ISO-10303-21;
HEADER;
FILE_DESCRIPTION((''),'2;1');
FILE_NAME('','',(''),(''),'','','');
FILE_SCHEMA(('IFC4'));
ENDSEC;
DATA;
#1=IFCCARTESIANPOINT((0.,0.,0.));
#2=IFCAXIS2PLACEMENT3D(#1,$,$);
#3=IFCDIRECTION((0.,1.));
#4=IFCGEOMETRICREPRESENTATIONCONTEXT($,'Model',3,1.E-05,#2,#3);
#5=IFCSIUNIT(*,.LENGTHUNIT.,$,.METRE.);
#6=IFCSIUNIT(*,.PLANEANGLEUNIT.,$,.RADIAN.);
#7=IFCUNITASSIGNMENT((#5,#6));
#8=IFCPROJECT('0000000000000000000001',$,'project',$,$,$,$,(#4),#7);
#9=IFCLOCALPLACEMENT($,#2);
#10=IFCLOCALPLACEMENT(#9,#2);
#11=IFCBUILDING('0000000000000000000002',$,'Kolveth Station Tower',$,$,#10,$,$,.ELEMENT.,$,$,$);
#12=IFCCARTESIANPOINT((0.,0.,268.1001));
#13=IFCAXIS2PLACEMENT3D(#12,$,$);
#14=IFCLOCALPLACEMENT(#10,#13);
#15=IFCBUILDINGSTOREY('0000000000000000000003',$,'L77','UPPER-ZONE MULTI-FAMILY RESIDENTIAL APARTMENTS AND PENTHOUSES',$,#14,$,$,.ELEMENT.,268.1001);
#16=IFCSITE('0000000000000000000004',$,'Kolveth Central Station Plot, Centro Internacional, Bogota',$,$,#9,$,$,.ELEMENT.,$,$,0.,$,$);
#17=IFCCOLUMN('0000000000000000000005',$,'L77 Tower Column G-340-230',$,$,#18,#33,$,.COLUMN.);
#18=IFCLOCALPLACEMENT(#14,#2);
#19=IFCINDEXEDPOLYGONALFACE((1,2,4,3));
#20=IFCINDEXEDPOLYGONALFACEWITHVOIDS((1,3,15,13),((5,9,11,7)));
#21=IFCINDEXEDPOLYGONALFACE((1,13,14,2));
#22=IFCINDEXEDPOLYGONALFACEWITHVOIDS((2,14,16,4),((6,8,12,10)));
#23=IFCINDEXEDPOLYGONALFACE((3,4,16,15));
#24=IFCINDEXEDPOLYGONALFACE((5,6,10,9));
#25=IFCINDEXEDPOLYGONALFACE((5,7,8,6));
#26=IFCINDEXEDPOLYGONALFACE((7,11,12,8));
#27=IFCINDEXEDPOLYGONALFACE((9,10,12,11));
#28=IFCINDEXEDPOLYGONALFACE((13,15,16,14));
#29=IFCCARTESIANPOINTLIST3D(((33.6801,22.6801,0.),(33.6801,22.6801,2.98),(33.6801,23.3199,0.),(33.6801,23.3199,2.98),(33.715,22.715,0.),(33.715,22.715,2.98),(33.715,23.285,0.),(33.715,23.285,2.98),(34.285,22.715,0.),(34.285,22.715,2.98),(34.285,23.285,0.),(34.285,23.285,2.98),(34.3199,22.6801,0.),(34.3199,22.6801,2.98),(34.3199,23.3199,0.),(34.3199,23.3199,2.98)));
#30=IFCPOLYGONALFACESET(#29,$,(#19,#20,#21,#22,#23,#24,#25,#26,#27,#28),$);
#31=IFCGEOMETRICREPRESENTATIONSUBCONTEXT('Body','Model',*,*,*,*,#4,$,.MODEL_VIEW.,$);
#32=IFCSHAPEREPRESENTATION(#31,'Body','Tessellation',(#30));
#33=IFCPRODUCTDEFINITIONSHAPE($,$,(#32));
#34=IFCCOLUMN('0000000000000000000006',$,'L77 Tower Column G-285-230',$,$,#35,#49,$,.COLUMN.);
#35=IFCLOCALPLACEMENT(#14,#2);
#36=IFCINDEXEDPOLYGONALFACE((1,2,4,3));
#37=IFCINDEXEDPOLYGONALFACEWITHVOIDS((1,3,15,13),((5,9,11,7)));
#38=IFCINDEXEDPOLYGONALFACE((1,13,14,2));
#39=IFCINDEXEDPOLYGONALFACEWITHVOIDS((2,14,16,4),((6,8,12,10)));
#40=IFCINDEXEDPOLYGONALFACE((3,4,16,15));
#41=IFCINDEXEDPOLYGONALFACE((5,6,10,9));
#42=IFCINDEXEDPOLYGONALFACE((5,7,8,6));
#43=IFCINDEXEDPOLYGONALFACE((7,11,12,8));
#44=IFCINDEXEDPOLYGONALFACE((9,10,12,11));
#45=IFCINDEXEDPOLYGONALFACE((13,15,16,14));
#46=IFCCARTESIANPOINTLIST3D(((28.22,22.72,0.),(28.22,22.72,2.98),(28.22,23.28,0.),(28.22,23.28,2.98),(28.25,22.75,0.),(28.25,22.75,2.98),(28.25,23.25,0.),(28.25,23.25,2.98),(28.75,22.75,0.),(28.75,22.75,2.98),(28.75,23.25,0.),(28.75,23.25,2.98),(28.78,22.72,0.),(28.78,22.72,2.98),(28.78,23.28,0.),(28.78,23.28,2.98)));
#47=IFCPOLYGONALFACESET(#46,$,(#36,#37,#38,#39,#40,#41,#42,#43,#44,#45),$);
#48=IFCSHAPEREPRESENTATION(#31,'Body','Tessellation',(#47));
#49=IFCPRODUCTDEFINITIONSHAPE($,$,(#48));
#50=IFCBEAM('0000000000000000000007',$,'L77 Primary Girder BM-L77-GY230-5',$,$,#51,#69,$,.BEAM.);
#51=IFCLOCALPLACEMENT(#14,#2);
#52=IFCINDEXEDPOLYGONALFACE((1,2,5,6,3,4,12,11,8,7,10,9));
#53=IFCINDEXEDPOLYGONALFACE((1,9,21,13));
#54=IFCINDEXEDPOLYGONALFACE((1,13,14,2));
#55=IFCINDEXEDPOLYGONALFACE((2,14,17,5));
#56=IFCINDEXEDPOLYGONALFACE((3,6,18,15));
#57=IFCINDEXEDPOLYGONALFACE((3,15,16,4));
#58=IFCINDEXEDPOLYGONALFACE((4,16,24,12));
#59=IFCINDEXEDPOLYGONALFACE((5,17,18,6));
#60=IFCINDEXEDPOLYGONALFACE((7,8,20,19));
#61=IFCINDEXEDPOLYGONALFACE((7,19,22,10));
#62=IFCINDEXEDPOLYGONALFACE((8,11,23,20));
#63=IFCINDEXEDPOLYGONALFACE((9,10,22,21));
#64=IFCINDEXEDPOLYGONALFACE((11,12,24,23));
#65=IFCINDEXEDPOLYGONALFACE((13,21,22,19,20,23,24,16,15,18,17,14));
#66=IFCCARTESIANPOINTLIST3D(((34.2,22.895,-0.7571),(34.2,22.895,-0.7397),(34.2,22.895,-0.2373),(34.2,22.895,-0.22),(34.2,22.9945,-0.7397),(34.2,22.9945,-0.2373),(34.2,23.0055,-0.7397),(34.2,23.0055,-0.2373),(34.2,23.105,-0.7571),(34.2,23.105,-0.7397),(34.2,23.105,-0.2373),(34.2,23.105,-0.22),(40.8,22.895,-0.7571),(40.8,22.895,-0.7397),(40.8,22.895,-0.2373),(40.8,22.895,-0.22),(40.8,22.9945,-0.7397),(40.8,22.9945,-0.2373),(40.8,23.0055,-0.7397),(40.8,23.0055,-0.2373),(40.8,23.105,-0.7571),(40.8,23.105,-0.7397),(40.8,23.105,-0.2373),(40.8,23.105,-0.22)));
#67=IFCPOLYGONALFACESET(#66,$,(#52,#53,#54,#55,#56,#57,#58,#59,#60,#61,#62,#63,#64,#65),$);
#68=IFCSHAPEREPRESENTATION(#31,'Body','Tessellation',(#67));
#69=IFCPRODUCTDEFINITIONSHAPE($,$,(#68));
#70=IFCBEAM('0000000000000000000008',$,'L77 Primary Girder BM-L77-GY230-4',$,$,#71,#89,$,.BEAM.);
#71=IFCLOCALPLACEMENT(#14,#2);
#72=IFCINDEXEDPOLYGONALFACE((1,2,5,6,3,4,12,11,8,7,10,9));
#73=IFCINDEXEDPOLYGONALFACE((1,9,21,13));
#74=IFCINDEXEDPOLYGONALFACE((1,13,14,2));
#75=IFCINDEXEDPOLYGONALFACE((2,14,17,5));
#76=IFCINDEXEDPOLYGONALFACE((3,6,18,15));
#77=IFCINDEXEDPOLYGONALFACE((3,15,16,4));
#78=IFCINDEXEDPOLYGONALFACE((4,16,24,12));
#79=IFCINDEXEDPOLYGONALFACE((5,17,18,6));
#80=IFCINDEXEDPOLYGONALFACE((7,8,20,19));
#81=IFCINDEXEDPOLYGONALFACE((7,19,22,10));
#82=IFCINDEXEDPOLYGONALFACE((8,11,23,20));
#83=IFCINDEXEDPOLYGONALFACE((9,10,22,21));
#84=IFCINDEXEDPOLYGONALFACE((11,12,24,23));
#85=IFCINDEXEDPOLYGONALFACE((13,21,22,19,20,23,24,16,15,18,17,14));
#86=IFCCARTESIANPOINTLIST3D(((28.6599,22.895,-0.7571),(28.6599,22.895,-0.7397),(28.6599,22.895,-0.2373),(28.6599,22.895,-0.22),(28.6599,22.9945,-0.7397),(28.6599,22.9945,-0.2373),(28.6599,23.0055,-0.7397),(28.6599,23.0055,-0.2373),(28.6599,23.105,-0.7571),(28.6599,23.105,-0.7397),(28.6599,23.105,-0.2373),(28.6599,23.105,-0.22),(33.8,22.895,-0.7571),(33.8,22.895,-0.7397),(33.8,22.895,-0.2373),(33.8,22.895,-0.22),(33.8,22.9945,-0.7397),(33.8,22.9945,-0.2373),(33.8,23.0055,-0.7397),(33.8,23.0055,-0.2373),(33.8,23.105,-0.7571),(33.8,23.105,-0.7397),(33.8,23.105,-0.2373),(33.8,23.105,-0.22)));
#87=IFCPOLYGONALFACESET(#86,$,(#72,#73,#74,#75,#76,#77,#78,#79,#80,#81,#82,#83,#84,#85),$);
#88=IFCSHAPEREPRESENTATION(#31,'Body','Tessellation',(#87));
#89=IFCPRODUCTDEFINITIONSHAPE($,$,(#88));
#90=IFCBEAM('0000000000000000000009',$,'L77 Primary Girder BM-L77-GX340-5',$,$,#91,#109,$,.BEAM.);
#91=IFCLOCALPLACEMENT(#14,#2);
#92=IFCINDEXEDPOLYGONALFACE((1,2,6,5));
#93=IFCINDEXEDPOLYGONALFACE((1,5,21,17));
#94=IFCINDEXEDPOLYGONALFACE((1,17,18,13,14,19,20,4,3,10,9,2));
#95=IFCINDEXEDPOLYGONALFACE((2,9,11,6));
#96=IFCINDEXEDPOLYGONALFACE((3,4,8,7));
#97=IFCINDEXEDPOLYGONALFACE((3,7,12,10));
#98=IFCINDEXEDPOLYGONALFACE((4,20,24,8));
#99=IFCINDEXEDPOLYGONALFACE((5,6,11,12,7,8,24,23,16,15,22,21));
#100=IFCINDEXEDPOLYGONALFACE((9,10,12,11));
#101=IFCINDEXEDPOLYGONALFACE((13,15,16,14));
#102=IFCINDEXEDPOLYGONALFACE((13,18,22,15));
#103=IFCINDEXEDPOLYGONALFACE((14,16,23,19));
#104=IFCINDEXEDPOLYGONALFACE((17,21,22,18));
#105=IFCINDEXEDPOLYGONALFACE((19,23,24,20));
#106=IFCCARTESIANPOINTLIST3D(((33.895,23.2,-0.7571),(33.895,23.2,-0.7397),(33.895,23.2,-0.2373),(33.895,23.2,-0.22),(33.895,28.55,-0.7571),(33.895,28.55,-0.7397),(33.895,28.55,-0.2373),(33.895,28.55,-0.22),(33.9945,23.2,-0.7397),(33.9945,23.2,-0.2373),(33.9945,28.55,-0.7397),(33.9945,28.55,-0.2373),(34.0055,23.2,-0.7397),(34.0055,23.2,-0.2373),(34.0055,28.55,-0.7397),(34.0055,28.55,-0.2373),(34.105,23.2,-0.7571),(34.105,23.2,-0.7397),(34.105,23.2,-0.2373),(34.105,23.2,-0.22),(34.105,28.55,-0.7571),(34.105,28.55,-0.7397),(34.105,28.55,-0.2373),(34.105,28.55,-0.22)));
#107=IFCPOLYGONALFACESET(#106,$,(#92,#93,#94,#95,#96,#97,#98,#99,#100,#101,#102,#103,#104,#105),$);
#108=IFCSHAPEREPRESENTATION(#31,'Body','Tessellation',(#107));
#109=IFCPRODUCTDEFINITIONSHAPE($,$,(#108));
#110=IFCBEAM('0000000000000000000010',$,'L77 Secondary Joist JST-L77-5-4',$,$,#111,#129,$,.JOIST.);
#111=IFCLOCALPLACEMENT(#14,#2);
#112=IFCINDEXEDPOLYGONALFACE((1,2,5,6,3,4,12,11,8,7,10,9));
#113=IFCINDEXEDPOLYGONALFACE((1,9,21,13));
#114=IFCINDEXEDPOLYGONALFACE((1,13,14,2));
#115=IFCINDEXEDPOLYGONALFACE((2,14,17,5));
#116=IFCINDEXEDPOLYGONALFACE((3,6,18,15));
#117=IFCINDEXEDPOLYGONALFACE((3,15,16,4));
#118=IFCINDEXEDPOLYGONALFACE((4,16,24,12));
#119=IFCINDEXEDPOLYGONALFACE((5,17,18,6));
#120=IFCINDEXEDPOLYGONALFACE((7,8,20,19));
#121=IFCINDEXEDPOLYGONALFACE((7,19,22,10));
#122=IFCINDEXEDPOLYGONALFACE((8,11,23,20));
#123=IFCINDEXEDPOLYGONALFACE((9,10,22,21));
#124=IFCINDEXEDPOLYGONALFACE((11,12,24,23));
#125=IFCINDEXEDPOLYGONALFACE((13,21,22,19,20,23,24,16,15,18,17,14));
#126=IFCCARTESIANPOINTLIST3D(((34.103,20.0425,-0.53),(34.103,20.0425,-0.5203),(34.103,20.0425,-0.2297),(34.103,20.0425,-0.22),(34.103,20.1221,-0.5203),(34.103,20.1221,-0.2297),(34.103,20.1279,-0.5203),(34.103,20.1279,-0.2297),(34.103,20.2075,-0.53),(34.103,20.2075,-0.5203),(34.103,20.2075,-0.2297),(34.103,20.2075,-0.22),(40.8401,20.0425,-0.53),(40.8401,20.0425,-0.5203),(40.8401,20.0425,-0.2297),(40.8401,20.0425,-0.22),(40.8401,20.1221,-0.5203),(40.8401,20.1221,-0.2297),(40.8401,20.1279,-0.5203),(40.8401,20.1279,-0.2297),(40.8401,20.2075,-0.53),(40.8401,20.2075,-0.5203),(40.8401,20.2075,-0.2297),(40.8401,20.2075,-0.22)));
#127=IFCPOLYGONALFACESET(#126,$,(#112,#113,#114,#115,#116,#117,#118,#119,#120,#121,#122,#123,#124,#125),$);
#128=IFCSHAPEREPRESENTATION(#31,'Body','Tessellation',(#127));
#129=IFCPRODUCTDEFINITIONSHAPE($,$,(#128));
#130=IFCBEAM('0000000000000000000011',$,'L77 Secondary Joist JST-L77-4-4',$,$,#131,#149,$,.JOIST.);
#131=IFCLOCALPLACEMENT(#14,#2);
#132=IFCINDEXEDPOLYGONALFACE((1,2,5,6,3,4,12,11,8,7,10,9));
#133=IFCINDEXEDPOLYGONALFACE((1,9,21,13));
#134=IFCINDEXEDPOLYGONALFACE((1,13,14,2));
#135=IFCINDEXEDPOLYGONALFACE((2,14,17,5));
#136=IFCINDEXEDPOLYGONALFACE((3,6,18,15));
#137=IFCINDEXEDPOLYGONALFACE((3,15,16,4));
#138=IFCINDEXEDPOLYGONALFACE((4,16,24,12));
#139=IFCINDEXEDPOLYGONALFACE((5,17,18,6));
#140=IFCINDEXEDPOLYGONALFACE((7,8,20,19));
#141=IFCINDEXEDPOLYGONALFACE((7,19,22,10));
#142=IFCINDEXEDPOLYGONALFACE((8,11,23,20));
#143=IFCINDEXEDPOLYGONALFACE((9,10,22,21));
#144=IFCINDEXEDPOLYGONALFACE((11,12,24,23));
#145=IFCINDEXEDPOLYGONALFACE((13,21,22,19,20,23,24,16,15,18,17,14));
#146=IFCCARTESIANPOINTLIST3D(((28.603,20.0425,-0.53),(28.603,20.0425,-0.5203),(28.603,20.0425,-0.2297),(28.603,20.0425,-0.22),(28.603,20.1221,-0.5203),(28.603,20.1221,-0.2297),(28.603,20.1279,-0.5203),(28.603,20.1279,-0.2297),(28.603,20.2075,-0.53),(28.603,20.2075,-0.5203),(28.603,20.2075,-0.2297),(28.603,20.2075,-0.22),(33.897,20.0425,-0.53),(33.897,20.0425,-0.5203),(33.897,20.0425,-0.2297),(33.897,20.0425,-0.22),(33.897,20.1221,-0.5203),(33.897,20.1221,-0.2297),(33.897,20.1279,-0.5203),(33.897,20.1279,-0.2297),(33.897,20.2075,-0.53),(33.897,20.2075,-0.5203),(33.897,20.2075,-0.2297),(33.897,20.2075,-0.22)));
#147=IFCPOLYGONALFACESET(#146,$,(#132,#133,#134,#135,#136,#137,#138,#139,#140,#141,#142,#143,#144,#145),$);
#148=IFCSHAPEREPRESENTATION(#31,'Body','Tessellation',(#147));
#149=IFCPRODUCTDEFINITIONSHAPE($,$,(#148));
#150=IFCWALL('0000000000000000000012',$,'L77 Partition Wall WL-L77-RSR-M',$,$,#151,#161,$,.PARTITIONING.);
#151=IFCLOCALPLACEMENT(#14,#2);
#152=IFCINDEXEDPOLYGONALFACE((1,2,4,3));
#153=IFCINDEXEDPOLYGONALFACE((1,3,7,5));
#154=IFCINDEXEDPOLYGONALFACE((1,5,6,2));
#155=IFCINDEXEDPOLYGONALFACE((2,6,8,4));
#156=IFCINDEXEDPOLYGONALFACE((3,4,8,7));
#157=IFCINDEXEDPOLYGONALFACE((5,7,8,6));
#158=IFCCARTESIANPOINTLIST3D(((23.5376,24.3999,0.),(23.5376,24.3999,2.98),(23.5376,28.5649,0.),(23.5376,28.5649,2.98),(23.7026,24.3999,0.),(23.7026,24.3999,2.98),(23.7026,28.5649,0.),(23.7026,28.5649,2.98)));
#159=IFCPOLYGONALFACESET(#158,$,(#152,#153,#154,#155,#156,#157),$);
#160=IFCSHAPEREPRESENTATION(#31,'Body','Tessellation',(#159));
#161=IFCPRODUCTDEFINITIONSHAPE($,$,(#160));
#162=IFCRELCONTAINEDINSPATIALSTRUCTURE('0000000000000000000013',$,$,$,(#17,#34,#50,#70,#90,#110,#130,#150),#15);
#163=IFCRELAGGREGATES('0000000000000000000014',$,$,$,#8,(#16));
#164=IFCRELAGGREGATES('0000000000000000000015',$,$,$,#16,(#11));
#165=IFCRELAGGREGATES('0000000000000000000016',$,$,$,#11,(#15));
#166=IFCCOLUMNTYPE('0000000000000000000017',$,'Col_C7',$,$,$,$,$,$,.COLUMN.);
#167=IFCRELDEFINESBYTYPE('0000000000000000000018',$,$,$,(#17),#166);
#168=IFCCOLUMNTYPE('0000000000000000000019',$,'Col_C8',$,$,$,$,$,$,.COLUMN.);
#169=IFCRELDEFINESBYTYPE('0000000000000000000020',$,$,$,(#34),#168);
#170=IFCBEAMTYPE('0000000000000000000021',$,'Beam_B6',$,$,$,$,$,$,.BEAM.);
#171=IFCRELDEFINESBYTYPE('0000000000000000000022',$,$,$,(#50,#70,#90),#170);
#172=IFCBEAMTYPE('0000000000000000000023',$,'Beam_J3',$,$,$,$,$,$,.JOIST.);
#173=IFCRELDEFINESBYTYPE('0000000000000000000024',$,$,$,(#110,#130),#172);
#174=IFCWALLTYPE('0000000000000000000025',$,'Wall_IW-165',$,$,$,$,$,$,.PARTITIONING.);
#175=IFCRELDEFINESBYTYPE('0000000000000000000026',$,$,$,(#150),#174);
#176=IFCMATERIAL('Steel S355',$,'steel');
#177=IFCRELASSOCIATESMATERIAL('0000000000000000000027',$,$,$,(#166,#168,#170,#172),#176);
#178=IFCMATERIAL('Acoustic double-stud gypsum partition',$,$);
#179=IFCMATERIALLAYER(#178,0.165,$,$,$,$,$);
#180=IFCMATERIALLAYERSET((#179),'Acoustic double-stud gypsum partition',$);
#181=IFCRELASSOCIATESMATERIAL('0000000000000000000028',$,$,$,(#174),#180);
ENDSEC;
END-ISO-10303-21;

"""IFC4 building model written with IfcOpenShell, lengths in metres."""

from ifc_helpers import new_model, si_unit, direction, frame, frame_2d, origin, origin_2d, place, context, subcontext, project, spatial, rectangle, hollow_rectangle, i_section, extrude, source, transform, mapped, material, layer, layer_set, material_profile, profile_set, type_object, element, save


model = new_model("IFC4")

# Units and contexts
model_context = context("Model", 3, precision=1e-05, world=origin(), true_north=direction((0.0, 1.0)))
body_context = subcontext(model_context, "Body", "Model", "MODEL_VIEW")
ifc_project = project(units=[si_unit("LENGTHUNIT", "METRE"), si_unit("PLANEANGLEUNIT", "RADIAN")], contexts=[model_context])

# Site, building, storey
site_placement = place(None, origin())
site = spatial("IfcSite", under=ifc_project, at=site_placement, Name="Kolveth Central Station Plot, Centro Internacional, Bogota", CompositionType="ELEMENT", RefElevation=0.0)
building_placement = place(site_placement, origin())
building = spatial("IfcBuilding", under=site, at=building_placement, Name="Kolveth Station Tower", CompositionType="ELEMENT")
storey_placement = place(building_placement, frame((0.0, 0.0, 268.1001)))
storey = spatial("IfcBuildingStorey", under=building, at=storey_placement, Name="L77", Description="UPPER-ZONE MULTI-FAMILY RESIDENTIAL APARTMENTS AND PENTHOUSES", CompositionType="ELEMENT", Elevation=268.1001)

# Columns
ifc_material_1 = material(Name="Steel S355", Category="steel")
ifc_material_profile_1 = material_profile(ifc_material_1, hollow_rectangle(XDim=0.6399, YDim=0.6399, WallThickness=0.0349, at=origin_2d()), Name="BOX640x640x35")
ifc_profile_set_1 = profile_set([ifc_material_profile_1], Name="Steel S355")
column_type_1 = type_object("IfcColumnType", Name="Col_C7", PredefinedType="COLUMN", material=ifc_profile_set_1)
shared_shape_1 = source(origin(), body_context, "Body", "SweptSolid", [
    extrude(hollow_rectangle(XDim=0.6399, YDim=0.6399, WallThickness=0.0349, at=origin_2d()), origin(), (0.0, 0.0, 1.0), 2.98),
])
column_1_placement = place(storey_placement, frame((34.0, 23.0, 0.0), z_axis=(0.0, 0.0, 1.0), x_axis=(1.0, 0.0, 0.0)))
element("IfcColumn", 1, at=column_1_placement, inside=storey, type_object=column_type_1, Name="L77 Tower Column G-340-230", PredefinedType="COLUMN", context=body_context, shape_type="MappedRepresentation", body=[
    mapped(shared_shape_1, transform((0.0, 0.0, 0.0), x_axis=(1.0, 0.0, 0.0), y_axis=(0.0, 1.0, 0.0), z_axis=(0.0, 0.0, 1.0), scale=1.0)),
])
ifc_material_profile_2 = material_profile(ifc_material_1, hollow_rectangle(XDim=0.5601, YDim=0.5601, WallThickness=0.03, at=origin_2d()), Name="BOX560x560x30")
ifc_profile_set_2 = profile_set([ifc_material_profile_2], Name="Steel S355")
column_type_2 = type_object("IfcColumnType", Name="Col_C8", PredefinedType="COLUMN", material=ifc_profile_set_2)
shared_shape_2 = source(origin(), body_context, "Body", "SweptSolid", [
    extrude(hollow_rectangle(XDim=0.5601, YDim=0.5601, WallThickness=0.03, at=origin_2d()), origin(), (0.0, 0.0, 1.0), 2.98),
])
column_2_placement = place(storey_placement, frame((28.5, 23.0, 0.0), z_axis=(0.0, 0.0, 1.0), x_axis=(1.0, 0.0, 0.0)))
element("IfcColumn", 2, at=column_2_placement, inside=storey, type_object=column_type_2, Name="L77 Tower Column G-285-230", PredefinedType="COLUMN", context=body_context, shape_type="MappedRepresentation", body=[
    mapped(shared_shape_2, transform((0.0, 0.0, 0.0), x_axis=(1.0, 0.0, 0.0), y_axis=(0.0, 1.0, 0.0), z_axis=(0.0, 0.0, 1.0), scale=1.0)),
])

# Beams
ifc_material_profile_3 = material_profile(ifc_material_1, i_section(OverallWidth=0.21, OverallDepth=0.5371, WebThickness=0.011, FlangeThickness=0.0173, at=origin_2d()), Name="W530x101")
ifc_profile_set_3 = profile_set([ifc_material_profile_3], Name="Steel S355")
beam_type_1 = type_object("IfcBeamType", Name="Beam_B6", PredefinedType="BEAM", material=ifc_profile_set_3)
shared_shape_3 = source(origin(), body_context, "Body", "SweptSolid", [
    extrude(i_section(OverallWidth=0.21, OverallDepth=0.5371, WebThickness=0.011, FlangeThickness=0.0173, at=origin_2d()), origin(), (0.0, 0.0, 1.0), 6.6001),
])
beam_1_placement = place(storey_placement, frame((34.2, 23.0, -0.4885), z_axis=(1.0, 0.0, 0.0), x_axis=(0.0, 1.0, 0.0)))
element("IfcBeam", 3, at=beam_1_placement, inside=storey, type_object=beam_type_1, Name="L77 Primary Girder BM-L77-GY230-5", PredefinedType="BEAM", context=body_context, shape_type="MappedRepresentation", body=[
    mapped(shared_shape_3, transform((0.0, 0.0, 0.0), x_axis=(1.0, 0.0, 0.0), y_axis=(0.0, 1.0, 0.0), z_axis=(0.0, 0.0, 1.0), scale=1.0)),
])
shared_shape_4 = source(origin(), body_context, "Body", "SweptSolid", [
    extrude(i_section(OverallWidth=0.21, OverallDepth=0.5371, WebThickness=0.011, FlangeThickness=0.0173, at=origin_2d()), origin(), (0.0, 0.0, 1.0), 5.1401),
])
beam_2_placement = place(storey_placement, frame((28.6599, 23.0, -0.4885), z_axis=(1.0, 0.0, 0.0), x_axis=(0.0, 1.0, 0.0)))
element("IfcBeam", 4, at=beam_2_placement, inside=storey, type_object=beam_type_1, Name="L77 Primary Girder BM-L77-GY230-4", PredefinedType="BEAM", context=body_context, shape_type="MappedRepresentation", body=[
    mapped(shared_shape_4, transform((0.0, 0.0, 0.0), x_axis=(1.0, 0.0, 0.0), y_axis=(0.0, 1.0, 0.0), z_axis=(0.0, 0.0, 1.0), scale=1.0)),
])
shared_shape_5 = source(origin(), body_context, "Body", "SweptSolid", [
    extrude(i_section(OverallWidth=0.21, OverallDepth=0.5371, WebThickness=0.011, FlangeThickness=0.0173, at=origin_2d()), origin(), (0.0, 0.0, 1.0), 5.3501),
])
beam_3_placement = place(storey_placement, frame((34.0, 23.2, -0.4885), z_axis=(0.0, 1.0, 0.0), x_axis=(-1.0, 0.0, 0.0)))
element("IfcBeam", 5, at=beam_3_placement, inside=storey, type_object=beam_type_1, Name="L77 Primary Girder BM-L77-GX340-5", PredefinedType="BEAM", context=body_context, shape_type="MappedRepresentation", body=[
    mapped(shared_shape_5, transform((0.0, 0.0, 0.0), x_axis=(1.0, 0.0, 0.0), y_axis=(0.0, 1.0, 0.0), z_axis=(0.0, 0.0, 1.0), scale=1.0)),
])
ifc_material_profile_4 = material_profile(ifc_material_1, i_section(OverallWidth=0.165, OverallDepth=0.3101, WebThickness=0.0059, FlangeThickness=0.0098, at=origin_2d()), Name="W310x39")
ifc_profile_set_4 = profile_set([ifc_material_profile_4], Name="Steel S355")
beam_type_2 = type_object("IfcBeamType", Name="Beam_J3", PredefinedType="JOIST", material=ifc_profile_set_4)
shared_shape_6 = source(origin(), body_context, "Body", "SweptSolid", [
    extrude(i_section(OverallWidth=0.165, OverallDepth=0.3101, WebThickness=0.0059, FlangeThickness=0.0098, at=origin_2d()), origin(), (0.0, 0.0, 1.0), 6.7371),
])
beam_4_placement = place(storey_placement, frame((34.103, 20.125, -0.375), z_axis=(1.0, 0.0, 0.0), x_axis=(0.0, 1.0, 0.0)))
element("IfcBeam", 6, at=beam_4_placement, inside=storey, type_object=beam_type_2, Name="L77 Secondary Joist JST-L77-5-4", PredefinedType="JOIST", context=body_context, shape_type="MappedRepresentation", body=[
    mapped(shared_shape_6, transform((0.0, 0.0, 0.0), x_axis=(1.0, 0.0, 0.0), y_axis=(0.0, 1.0, 0.0), z_axis=(0.0, 0.0, 1.0), scale=1.0)),
])
shared_shape_7 = source(origin(), body_context, "Body", "SweptSolid", [
    extrude(i_section(OverallWidth=0.165, OverallDepth=0.3101, WebThickness=0.0059, FlangeThickness=0.0098, at=origin_2d()), origin(), (0.0, 0.0, 1.0), 5.2939),
])
beam_5_placement = place(storey_placement, frame((28.603, 20.125, -0.375), z_axis=(1.0, 0.0, 0.0), x_axis=(0.0, 1.0, 0.0)))
element("IfcBeam", 7, at=beam_5_placement, inside=storey, type_object=beam_type_2, Name="L77 Secondary Joist JST-L77-4-4", PredefinedType="JOIST", context=body_context, shape_type="MappedRepresentation", body=[
    mapped(shared_shape_7, transform((0.0, 0.0, 0.0), x_axis=(1.0, 0.0, 0.0), y_axis=(0.0, 1.0, 0.0), z_axis=(0.0, 0.0, 1.0), scale=1.0)),
])

# Wall
ifc_material_2 = material(Name="Acoustic double-stud gypsum partition")
ifc_layer_1 = layer(ifc_material_2, 0.165)
ifc_layer_set_1 = layer_set([ifc_layer_1], Name="Acoustic double-stud gypsum partition")
wall_type_1 = type_object("IfcWallType", Name="Wall_IW-165", PredefinedType="PARTITIONING", material=ifc_layer_set_1)
wall_1_placement = place(storey_placement, frame((23.6201, 24.3999, 0.0), z_axis=(0.0, 0.0, 1.0), x_axis=(0.0, 1.0, 0.0)))
element("IfcWall", 8, at=wall_1_placement, inside=storey, type_object=wall_type_1, Name="L77 Partition Wall WL-L77-RSR-M", PredefinedType="PARTITIONING", context=body_context, shape_type="SweptSolid", body=[
    extrude(rectangle(XDim=4.165, YDim=0.165, at=frame_2d((2.0825, 0.0))), origin(), (0.0, 0.0, 1.0), 2.98),
])

save(model, "model.ifc")
